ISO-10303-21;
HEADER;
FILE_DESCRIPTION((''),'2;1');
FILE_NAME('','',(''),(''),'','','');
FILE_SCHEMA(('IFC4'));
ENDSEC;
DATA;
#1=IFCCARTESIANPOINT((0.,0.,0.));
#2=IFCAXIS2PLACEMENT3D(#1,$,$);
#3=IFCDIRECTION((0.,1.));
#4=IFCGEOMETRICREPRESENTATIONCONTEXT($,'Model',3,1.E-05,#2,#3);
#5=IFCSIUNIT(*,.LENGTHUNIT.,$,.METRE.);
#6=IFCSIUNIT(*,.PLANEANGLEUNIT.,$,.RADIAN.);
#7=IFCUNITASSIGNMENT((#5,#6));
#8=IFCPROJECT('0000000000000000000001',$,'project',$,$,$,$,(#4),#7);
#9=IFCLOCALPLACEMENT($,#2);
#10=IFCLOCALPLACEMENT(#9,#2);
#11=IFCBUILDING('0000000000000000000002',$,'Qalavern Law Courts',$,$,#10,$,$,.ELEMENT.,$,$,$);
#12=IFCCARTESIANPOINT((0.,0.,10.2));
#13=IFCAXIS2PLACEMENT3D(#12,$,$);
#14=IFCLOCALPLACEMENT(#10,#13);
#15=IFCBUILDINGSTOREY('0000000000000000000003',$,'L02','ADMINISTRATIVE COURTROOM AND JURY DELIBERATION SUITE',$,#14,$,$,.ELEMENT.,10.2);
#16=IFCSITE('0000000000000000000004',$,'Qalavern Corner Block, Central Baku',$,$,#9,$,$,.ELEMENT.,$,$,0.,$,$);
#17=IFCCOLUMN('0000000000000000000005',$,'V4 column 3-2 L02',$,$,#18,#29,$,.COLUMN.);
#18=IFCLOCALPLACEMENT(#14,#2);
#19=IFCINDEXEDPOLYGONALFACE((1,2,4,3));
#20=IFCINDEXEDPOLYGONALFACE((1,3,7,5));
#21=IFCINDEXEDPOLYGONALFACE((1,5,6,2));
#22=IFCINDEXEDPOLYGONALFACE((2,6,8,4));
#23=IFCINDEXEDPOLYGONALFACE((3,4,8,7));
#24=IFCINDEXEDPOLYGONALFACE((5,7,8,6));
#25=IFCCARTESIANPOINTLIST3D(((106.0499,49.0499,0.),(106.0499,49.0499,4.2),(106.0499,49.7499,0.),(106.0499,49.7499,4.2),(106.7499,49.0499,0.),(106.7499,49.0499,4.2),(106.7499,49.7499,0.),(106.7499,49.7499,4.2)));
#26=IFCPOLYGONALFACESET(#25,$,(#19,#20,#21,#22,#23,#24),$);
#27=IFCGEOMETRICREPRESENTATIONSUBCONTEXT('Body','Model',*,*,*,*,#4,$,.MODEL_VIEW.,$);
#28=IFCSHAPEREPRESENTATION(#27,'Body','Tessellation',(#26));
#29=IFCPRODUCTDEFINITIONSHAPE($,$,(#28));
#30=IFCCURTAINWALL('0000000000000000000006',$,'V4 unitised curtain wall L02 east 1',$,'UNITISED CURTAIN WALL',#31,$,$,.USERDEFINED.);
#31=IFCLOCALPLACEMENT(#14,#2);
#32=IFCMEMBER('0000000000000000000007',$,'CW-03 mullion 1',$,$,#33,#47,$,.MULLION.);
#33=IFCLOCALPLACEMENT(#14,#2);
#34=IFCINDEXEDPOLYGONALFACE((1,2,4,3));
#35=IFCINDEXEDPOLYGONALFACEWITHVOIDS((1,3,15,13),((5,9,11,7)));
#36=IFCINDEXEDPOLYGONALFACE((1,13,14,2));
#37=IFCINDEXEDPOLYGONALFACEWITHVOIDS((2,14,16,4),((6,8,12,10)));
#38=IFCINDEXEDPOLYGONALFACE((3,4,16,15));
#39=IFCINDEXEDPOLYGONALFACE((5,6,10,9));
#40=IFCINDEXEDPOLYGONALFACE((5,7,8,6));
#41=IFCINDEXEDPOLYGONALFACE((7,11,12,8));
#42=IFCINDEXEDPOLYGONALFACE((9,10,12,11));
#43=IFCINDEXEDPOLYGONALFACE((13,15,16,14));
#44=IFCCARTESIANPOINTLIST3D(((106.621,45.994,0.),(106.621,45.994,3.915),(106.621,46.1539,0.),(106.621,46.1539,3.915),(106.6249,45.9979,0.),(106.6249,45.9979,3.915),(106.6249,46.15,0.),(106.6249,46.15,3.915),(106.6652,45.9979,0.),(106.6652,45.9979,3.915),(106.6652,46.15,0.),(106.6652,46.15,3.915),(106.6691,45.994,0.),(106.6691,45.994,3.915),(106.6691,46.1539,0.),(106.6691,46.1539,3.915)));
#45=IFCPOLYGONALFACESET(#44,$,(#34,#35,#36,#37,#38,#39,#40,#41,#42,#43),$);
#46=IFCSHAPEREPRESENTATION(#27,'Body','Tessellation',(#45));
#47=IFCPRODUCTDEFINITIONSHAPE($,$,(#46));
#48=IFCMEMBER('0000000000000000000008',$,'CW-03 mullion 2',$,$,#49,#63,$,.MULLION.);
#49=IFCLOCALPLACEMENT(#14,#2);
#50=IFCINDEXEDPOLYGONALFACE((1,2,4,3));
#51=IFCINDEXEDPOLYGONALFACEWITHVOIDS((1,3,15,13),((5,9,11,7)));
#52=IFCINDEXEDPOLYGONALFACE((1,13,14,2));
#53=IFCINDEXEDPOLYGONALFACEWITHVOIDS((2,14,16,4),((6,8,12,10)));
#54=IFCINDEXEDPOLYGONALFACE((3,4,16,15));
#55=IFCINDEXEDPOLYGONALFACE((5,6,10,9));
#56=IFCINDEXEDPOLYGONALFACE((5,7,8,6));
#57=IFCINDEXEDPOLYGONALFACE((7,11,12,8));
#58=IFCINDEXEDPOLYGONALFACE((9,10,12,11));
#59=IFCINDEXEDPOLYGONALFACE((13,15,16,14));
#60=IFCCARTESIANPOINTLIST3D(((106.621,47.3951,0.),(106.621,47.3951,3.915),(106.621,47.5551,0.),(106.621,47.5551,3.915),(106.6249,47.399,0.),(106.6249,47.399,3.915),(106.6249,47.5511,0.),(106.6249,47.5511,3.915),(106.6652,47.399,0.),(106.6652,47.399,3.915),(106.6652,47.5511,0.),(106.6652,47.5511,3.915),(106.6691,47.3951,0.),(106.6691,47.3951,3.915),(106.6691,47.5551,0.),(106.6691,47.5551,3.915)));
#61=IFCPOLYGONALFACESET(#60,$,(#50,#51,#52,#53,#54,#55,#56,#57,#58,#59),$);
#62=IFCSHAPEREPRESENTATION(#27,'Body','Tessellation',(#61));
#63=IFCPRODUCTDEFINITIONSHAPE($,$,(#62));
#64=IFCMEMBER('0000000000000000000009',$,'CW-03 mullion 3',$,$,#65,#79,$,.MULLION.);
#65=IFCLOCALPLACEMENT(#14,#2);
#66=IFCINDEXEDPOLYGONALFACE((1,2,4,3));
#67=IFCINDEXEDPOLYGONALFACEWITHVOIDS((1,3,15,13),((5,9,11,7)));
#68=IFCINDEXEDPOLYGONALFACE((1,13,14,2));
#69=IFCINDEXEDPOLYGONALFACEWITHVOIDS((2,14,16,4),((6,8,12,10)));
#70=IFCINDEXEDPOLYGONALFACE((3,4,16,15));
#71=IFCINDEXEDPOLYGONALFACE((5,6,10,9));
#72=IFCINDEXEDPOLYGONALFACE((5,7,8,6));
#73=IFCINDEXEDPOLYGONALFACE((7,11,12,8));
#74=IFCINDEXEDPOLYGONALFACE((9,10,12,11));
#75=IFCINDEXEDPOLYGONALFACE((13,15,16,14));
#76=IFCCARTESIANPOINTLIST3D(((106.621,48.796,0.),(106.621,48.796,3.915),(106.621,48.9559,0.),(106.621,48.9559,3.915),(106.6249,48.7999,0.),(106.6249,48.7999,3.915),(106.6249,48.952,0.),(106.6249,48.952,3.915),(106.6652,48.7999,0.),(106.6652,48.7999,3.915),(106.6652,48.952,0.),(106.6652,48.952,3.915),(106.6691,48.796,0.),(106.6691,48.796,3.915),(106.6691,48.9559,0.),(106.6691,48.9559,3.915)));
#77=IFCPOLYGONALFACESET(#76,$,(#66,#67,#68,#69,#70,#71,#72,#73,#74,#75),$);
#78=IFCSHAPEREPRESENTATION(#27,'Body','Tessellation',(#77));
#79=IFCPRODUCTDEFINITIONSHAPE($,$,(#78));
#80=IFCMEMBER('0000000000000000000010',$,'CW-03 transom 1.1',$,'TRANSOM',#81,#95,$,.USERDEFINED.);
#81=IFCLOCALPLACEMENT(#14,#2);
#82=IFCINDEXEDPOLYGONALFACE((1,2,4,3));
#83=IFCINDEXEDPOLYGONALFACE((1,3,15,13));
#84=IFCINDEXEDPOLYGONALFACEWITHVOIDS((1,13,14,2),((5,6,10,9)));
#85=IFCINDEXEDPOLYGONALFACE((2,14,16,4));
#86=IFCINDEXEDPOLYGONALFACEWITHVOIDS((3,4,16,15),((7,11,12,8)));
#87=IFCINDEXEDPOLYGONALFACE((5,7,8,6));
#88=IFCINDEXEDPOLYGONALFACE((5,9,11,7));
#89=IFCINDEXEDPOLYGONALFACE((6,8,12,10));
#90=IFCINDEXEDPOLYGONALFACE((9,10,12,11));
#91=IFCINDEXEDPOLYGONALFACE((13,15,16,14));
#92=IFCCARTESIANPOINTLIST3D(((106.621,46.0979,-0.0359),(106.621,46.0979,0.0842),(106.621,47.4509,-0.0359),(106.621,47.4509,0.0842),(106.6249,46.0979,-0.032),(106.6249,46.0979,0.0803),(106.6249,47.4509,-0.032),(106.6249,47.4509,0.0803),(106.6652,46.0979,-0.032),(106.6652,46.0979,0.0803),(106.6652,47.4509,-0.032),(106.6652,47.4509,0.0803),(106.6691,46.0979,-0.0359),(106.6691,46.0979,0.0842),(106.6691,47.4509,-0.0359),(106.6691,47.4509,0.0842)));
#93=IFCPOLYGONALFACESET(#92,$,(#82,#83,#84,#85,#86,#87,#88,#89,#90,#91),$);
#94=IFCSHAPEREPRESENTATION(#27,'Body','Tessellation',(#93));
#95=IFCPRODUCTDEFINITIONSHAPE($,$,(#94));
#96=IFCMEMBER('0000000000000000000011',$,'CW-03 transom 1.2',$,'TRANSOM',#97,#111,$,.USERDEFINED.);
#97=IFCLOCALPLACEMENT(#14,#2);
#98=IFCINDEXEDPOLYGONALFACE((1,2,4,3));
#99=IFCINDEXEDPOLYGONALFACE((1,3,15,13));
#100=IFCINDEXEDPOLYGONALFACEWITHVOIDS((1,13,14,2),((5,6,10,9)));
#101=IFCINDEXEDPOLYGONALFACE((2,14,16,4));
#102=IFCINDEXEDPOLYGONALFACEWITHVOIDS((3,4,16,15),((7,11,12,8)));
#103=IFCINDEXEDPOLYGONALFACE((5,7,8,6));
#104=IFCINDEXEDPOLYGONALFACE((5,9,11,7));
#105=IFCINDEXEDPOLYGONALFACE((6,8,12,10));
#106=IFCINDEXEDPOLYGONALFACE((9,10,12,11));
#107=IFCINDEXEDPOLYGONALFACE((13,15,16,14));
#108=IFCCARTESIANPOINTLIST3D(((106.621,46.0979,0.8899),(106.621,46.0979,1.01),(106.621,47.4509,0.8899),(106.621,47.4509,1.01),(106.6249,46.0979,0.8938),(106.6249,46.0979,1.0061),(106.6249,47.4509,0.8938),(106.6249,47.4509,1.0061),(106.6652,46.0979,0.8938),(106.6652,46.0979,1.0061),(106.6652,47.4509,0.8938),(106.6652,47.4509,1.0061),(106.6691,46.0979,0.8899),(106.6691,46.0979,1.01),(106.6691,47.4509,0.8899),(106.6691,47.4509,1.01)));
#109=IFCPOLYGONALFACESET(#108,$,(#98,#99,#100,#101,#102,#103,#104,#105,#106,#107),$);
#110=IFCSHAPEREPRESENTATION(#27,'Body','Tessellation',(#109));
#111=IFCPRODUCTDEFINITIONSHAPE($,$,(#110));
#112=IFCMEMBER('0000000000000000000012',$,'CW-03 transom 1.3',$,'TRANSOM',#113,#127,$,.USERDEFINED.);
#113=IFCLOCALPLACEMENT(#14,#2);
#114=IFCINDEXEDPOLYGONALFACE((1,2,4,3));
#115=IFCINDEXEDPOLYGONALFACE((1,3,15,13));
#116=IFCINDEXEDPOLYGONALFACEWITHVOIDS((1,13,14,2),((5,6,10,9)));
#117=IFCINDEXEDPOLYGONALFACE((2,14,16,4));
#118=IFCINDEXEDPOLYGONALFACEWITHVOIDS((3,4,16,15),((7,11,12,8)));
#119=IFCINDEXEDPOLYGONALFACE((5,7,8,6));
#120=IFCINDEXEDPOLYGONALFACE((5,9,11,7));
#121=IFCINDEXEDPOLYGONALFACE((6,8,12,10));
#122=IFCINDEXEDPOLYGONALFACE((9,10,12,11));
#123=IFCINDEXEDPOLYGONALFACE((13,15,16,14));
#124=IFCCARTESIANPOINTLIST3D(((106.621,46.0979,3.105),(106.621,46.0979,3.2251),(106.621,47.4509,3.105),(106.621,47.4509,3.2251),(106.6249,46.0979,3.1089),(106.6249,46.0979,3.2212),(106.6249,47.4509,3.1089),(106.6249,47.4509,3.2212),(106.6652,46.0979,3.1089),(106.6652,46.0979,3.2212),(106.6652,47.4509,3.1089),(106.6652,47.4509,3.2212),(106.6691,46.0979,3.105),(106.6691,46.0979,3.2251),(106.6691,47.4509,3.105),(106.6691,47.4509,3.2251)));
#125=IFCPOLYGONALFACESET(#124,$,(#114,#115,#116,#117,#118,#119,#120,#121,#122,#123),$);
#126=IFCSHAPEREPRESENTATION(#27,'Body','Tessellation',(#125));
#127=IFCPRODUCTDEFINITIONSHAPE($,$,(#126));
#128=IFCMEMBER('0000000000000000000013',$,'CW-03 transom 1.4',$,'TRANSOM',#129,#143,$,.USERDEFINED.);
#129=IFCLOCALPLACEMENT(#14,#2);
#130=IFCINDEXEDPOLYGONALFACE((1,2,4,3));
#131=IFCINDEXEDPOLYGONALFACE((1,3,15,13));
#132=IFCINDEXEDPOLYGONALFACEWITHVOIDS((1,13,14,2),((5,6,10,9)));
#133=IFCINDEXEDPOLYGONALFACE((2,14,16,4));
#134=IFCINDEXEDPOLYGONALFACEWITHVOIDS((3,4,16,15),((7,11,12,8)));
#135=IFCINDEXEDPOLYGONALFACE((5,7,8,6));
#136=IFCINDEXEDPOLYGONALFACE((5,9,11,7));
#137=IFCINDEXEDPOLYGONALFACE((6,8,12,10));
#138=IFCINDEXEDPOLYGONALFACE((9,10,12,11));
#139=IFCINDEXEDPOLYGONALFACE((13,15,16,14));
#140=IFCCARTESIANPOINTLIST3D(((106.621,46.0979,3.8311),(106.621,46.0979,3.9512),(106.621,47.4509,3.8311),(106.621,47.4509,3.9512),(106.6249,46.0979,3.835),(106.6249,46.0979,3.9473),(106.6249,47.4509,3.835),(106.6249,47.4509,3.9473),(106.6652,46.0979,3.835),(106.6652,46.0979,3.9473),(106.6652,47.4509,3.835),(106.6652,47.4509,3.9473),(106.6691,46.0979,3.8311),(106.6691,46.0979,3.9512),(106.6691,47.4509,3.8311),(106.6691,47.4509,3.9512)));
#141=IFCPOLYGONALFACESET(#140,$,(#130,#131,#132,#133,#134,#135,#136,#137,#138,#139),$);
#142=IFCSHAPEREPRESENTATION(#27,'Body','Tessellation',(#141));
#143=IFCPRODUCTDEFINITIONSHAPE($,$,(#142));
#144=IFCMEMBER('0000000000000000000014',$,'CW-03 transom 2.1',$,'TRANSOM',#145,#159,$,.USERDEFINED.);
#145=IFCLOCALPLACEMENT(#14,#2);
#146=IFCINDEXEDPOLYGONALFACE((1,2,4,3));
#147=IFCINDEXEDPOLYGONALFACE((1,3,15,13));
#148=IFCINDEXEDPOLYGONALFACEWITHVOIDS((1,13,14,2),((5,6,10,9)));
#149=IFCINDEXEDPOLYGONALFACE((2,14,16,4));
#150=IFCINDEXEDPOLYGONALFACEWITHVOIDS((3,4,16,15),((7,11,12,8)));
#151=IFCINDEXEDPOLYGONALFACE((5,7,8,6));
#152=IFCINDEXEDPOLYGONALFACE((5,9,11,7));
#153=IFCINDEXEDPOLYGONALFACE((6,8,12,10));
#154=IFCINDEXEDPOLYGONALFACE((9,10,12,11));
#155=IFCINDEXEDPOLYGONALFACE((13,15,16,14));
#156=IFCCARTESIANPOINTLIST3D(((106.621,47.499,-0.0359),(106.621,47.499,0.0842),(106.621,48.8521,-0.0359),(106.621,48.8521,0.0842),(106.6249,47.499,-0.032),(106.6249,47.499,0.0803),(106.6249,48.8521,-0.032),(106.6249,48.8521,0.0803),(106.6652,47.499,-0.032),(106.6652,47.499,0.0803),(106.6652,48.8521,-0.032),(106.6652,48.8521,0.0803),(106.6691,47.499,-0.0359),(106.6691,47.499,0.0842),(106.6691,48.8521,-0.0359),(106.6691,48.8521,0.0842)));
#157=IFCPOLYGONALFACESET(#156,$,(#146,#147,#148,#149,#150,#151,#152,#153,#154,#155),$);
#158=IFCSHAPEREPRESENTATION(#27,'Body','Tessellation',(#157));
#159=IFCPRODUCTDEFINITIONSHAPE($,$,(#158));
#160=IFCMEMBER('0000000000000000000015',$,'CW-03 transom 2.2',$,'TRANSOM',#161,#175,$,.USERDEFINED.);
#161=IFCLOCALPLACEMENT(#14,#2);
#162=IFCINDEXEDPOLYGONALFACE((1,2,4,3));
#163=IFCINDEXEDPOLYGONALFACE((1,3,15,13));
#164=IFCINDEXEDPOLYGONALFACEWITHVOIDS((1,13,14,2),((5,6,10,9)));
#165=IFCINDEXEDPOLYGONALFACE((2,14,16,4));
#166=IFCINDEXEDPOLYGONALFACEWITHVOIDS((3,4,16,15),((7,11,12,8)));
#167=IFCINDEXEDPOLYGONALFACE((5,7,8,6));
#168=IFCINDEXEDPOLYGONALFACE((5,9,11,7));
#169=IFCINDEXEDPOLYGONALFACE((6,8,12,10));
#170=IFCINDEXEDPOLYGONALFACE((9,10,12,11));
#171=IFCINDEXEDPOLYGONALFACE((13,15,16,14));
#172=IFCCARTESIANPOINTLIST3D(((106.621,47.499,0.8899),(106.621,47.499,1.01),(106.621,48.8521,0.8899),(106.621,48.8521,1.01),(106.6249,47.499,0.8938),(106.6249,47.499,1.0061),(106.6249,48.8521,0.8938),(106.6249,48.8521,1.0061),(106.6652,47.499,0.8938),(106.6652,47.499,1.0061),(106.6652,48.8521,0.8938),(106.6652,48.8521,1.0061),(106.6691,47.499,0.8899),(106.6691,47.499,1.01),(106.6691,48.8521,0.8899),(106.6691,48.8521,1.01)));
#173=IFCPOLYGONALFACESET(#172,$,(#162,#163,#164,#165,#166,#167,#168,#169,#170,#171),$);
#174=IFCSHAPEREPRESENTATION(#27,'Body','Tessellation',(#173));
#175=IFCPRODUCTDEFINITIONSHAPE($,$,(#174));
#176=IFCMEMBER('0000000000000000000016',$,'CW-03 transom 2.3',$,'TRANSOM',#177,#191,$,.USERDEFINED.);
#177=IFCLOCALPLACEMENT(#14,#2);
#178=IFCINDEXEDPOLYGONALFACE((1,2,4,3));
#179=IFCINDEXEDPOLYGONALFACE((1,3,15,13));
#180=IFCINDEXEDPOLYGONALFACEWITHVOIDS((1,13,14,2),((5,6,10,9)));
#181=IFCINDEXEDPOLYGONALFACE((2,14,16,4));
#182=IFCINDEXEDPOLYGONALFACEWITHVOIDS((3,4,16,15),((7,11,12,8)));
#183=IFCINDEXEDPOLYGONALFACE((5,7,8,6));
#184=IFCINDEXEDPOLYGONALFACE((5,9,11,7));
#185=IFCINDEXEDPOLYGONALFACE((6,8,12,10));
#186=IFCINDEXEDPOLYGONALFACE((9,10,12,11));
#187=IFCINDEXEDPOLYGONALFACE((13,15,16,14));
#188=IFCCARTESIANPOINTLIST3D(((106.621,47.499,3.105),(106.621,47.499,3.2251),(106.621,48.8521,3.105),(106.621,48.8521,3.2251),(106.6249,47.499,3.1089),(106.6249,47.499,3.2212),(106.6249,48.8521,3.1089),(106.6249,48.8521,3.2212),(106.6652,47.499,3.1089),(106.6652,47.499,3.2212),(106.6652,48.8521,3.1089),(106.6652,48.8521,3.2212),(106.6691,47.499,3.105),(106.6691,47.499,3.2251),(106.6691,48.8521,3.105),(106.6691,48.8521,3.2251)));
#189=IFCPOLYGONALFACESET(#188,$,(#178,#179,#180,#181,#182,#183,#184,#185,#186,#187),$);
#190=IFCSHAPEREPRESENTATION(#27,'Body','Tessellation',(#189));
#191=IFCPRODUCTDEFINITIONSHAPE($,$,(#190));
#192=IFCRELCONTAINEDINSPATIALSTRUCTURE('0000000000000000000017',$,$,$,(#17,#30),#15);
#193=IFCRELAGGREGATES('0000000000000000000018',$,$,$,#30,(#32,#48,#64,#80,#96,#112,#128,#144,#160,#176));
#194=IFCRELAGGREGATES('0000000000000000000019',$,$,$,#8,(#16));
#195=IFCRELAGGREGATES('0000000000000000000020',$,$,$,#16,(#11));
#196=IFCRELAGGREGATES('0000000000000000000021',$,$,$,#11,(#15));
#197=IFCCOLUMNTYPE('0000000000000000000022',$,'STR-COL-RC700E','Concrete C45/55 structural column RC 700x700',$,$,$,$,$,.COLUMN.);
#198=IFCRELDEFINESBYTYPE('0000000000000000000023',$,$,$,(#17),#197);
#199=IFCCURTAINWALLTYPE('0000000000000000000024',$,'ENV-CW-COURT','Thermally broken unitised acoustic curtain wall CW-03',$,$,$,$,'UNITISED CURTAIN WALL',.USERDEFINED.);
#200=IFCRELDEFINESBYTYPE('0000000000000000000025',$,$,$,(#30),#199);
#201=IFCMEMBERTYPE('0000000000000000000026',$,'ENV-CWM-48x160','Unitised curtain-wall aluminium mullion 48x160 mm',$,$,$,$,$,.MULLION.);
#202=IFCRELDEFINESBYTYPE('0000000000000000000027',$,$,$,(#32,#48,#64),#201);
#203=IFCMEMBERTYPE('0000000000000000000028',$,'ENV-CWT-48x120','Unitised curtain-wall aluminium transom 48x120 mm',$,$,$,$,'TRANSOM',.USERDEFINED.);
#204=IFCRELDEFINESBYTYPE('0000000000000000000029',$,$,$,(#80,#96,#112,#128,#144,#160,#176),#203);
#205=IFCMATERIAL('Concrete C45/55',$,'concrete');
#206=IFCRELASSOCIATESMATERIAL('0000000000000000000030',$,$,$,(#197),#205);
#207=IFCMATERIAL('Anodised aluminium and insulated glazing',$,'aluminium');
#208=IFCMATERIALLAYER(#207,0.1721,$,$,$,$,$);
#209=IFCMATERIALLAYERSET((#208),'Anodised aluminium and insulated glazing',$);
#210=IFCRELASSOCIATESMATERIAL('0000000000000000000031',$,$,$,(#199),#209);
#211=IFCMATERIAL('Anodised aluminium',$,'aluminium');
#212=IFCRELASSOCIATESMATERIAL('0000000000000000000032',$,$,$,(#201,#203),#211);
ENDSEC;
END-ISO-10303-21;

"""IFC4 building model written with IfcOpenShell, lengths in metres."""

from ifc_helpers import new_model, si_unit, direction, frame, origin, origin_2d, place, context, subcontext, project, spatial, rectangle, hollow_rectangle, extrude, material, layer, layer_set, material_profile, profile_set, type_object, element, aggregate, save


model = new_model("IFC4")

# Units and contexts
model_context = context("Model", 3, precision=1e-05, world=origin(), true_north=direction((0.0, 1.0)))
body_context = subcontext(model_context, "Body", "Model", "MODEL_VIEW")
ifc_project = project(units=[si_unit("LENGTHUNIT", "METRE"), si_unit("PLANEANGLEUNIT", "RADIAN")], contexts=[model_context])

# Site, building, storey
site_placement = place(None, origin())
site = spatial("IfcSite", under=ifc_project, at=site_placement, Name="Qalavern Corner Block, Central Baku", CompositionType="ELEMENT", RefElevation=0.0)
building_placement = place(site_placement, origin())
building = spatial("IfcBuilding", under=site, at=building_placement, Name="Qalavern Law Courts", CompositionType="ELEMENT")
storey_placement = place(building_placement, frame((0.0, 0.0, 10.2)))
storey = spatial("IfcBuildingStorey", under=building, at=storey_placement, Name="L02", Description="ADMINISTRATIVE COURTROOM AND JURY DELIBERATION SUITE", CompositionType="ELEMENT", Elevation=10.2)

# Column
ifc_material_1 = material(Name="Concrete C45/55", Category="concrete")
ifc_material_profile_1 = material_profile(ifc_material_1, rectangle(XDim=0.7, YDim=0.7, at=origin_2d()), Name="RC 700x700")
ifc_profile_set_1 = profile_set([ifc_material_profile_1], Name="Concrete C45/55")
column_type = type_object("IfcColumnType", Name="STR-COL-RC700E", Description="Concrete C45/55 structural column RC 700x700", PredefinedType="COLUMN", material=ifc_profile_set_1)
column_placement = place(storey_placement, frame((106.3999, 49.3999, 0.0), z_axis=(0.0, 0.0, 1.0), x_axis=(1.0, 0.0, 0.0)))
element("IfcColumn", 1, at=column_placement, inside=storey, type_object=column_type, Name="V4 column 3-2 L02", PredefinedType="COLUMN", context=body_context, shape_type="SweptSolid", body=[
    extrude(rectangle(XDim=0.7, YDim=0.7, at=origin_2d()), origin(), (0.0, 0.0, 1.0), 4.2),
])

# Curtain wall, members
ifc_material_2 = material(Name="Anodised aluminium and insulated glazing", Category="aluminium")
ifc_layer_1 = layer(ifc_material_2, 0.1721)
ifc_layer_set_1 = layer_set([ifc_layer_1], Name="Anodised aluminium and insulated glazing")
curtain_wall_type = type_object("IfcCurtainWallType", Name="ENV-CW-COURT", Description="Thermally broken unitised acoustic curtain wall CW-03", ElementType="UNITISED CURTAIN WALL", PredefinedType="USERDEFINED", material=ifc_layer_set_1)
curtain_wall_placement = place(storey_placement, origin())
curtain_wall = element("IfcCurtainWall", 2, at=curtain_wall_placement, inside=storey, type_object=curtain_wall_type, Name="V4 unitised curtain wall L02 east 1", ObjectType="UNITISED CURTAIN WALL", PredefinedType="USERDEFINED")
ifc_material_3 = material(Name="Anodised aluminium", Category="aluminium")
ifc_material_profile_2 = material_profile(ifc_material_3, hollow_rectangle(XDim=0.0481, YDim=0.1599, WallThickness=0.0039, at=origin_2d()), Name="ALU MULLION 48x160")
ifc_profile_set_2 = profile_set([ifc_material_profile_2], Name="Anodised aluminium")
member_type_1 = type_object("IfcMemberType", Name="ENV-CWM-48x160", Description="Unitised curtain-wall aluminium mullion 48x160 mm", PredefinedType="MULLION", material=ifc_profile_set_2)
member_1_placement = place(storey_placement, frame((106.645, 46.074, 0.0), z_axis=(0.0, 0.0, 1.0), x_axis=(-1.0, 0.0, 0.0)))
member_1 = element("IfcMember", 3, at=member_1_placement, type_object=member_type_1, Name="CW-03 mullion 1", PredefinedType="MULLION", context=body_context, shape_type="SweptSolid", body=[
    extrude(hollow_rectangle(XDim=0.0481, YDim=0.1599, WallThickness=0.0039, at=origin_2d()), origin(), (0.0, 0.0, 1.0), 3.915),
])
member_2_placement = place(storey_placement, frame((106.645, 47.4751, 0.0), z_axis=(0.0, 0.0, 1.0), x_axis=(-1.0, 0.0, 0.0)))
member_2 = element("IfcMember", 4, at=member_2_placement, type_object=member_type_1, Name="CW-03 mullion 2", PredefinedType="MULLION", context=body_context, shape_type="SweptSolid", body=[
    extrude(hollow_rectangle(XDim=0.0481, YDim=0.1599, WallThickness=0.0039, at=origin_2d()), origin(), (0.0, 0.0, 1.0), 3.915),
])
member_3_placement = place(storey_placement, frame((106.645, 48.876, 0.0), z_axis=(0.0, 0.0, 1.0), x_axis=(-1.0, 0.0, 0.0)))
member_3 = element("IfcMember", 5, at=member_3_placement, type_object=member_type_1, Name="CW-03 mullion 3", PredefinedType="MULLION", context=body_context, shape_type="SweptSolid", body=[
    extrude(hollow_rectangle(XDim=0.0481, YDim=0.1599, WallThickness=0.0039, at=origin_2d()), origin(), (0.0, 0.0, 1.0), 3.915),
])
ifc_material_profile_3 = material_profile(ifc_material_3, hollow_rectangle(XDim=0.0481, YDim=0.1201, WallThickness=0.0039, at=origin_2d()), Name="ALU TRANSOM 48x120")
ifc_profile_set_3 = profile_set([ifc_material_profile_3], Name="Anodised aluminium")
member_type_2 = type_object("IfcMemberType", Name="ENV-CWT-48x120", Description="Unitised curtain-wall aluminium transom 48x120 mm", ElementType="TRANSOM", PredefinedType="USERDEFINED", material=ifc_profile_set_3)
member_4_placement = place(storey_placement, frame((106.645, 46.0979, 0.0242), z_axis=(0.0, 1.0, 0.0), x_axis=(-1.0, 0.0, 0.0)))
member_4 = element("IfcMember", 6, at=member_4_placement, type_object=member_type_2, Name="CW-03 transom 1.1", ObjectType="TRANSOM", PredefinedType="USERDEFINED", context=body_context, shape_type="SweptSolid", body=[
    extrude(hollow_rectangle(XDim=0.0481, YDim=0.1201, WallThickness=0.0039, at=origin_2d()), origin(), (0.0, 0.0, 1.0), 1.353),
])
member_5_placement = place(storey_placement, frame((106.645, 46.0979, 0.95), z_axis=(0.0, 1.0, 0.0), x_axis=(-1.0, 0.0, 0.0)))
member_5 = element("IfcMember", 7, at=member_5_placement, type_object=member_type_2, Name="CW-03 transom 1.2", ObjectType="TRANSOM", PredefinedType="USERDEFINED", context=body_context, shape_type="SweptSolid", body=[
    extrude(hollow_rectangle(XDim=0.0481, YDim=0.1201, WallThickness=0.0039, at=origin_2d()), origin(), (0.0, 0.0, 1.0), 1.353),
])
member_6_placement = place(storey_placement, frame((106.645, 46.0979, 3.165), z_axis=(0.0, 1.0, 0.0), x_axis=(-1.0, 0.0, 0.0)))
member_6 = element("IfcMember", 8, at=member_6_placement, type_object=member_type_2, Name="CW-03 transom 1.3", ObjectType="TRANSOM", PredefinedType="USERDEFINED", context=body_context, shape_type="SweptSolid", body=[
    extrude(hollow_rectangle(XDim=0.0481, YDim=0.1201, WallThickness=0.0039, at=origin_2d()), origin(), (0.0, 0.0, 1.0), 1.353),
])
member_7_placement = place(storey_placement, frame((106.645, 46.0979, 3.8911), z_axis=(0.0, 1.0, 0.0), x_axis=(-1.0, 0.0, 0.0)))
member_7 = element("IfcMember", 9, at=member_7_placement, type_object=member_type_2, Name="CW-03 transom 1.4", ObjectType="TRANSOM", PredefinedType="USERDEFINED", context=body_context, shape_type="SweptSolid", body=[
    extrude(hollow_rectangle(XDim=0.0481, YDim=0.1201, WallThickness=0.0039, at=origin_2d()), origin(), (0.0, 0.0, 1.0), 1.353),
])
member_8_placement = place(storey_placement, frame((106.645, 47.499, 0.0242), z_axis=(0.0, 1.0, 0.0), x_axis=(-1.0, 0.0, 0.0)))
member_8 = element("IfcMember", 10, at=member_8_placement, type_object=member_type_2, Name="CW-03 transom 2.1", ObjectType="TRANSOM", PredefinedType="USERDEFINED", context=body_context, shape_type="SweptSolid", body=[
    extrude(hollow_rectangle(XDim=0.0481, YDim=0.1201, WallThickness=0.0039, at=origin_2d()), origin(), (0.0, 0.0, 1.0), 1.353),
])
member_9_placement = place(storey_placement, frame((106.645, 47.499, 0.95), z_axis=(0.0, 1.0, 0.0), x_axis=(-1.0, 0.0, 0.0)))
member_9 = element("IfcMember", 11, at=member_9_placement, type_object=member_type_2, Name="CW-03 transom 2.2", ObjectType="TRANSOM", PredefinedType="USERDEFINED", context=body_context, shape_type="SweptSolid", body=[
    extrude(hollow_rectangle(XDim=0.0481, YDim=0.1201, WallThickness=0.0039, at=origin_2d()), origin(), (0.0, 0.0, 1.0), 1.353),
])
member_10_placement = place(storey_placement, frame((106.645, 47.499, 3.165), z_axis=(0.0, 1.0, 0.0), x_axis=(-1.0, 0.0, 0.0)))
member_10 = element("IfcMember", 12, at=member_10_placement, type_object=member_type_2, Name="CW-03 transom 2.3", ObjectType="TRANSOM", PredefinedType="USERDEFINED", context=body_context, shape_type="SweptSolid", body=[
    extrude(hollow_rectangle(XDim=0.0481, YDim=0.1201, WallThickness=0.0039, at=origin_2d()), origin(), (0.0, 0.0, 1.0), 1.353),
])

aggregate(curtain_wall, [member_1, member_2, member_3, member_4, member_5, member_6, member_7, member_8, member_9, member_10])

save(model, "model.ifc")
